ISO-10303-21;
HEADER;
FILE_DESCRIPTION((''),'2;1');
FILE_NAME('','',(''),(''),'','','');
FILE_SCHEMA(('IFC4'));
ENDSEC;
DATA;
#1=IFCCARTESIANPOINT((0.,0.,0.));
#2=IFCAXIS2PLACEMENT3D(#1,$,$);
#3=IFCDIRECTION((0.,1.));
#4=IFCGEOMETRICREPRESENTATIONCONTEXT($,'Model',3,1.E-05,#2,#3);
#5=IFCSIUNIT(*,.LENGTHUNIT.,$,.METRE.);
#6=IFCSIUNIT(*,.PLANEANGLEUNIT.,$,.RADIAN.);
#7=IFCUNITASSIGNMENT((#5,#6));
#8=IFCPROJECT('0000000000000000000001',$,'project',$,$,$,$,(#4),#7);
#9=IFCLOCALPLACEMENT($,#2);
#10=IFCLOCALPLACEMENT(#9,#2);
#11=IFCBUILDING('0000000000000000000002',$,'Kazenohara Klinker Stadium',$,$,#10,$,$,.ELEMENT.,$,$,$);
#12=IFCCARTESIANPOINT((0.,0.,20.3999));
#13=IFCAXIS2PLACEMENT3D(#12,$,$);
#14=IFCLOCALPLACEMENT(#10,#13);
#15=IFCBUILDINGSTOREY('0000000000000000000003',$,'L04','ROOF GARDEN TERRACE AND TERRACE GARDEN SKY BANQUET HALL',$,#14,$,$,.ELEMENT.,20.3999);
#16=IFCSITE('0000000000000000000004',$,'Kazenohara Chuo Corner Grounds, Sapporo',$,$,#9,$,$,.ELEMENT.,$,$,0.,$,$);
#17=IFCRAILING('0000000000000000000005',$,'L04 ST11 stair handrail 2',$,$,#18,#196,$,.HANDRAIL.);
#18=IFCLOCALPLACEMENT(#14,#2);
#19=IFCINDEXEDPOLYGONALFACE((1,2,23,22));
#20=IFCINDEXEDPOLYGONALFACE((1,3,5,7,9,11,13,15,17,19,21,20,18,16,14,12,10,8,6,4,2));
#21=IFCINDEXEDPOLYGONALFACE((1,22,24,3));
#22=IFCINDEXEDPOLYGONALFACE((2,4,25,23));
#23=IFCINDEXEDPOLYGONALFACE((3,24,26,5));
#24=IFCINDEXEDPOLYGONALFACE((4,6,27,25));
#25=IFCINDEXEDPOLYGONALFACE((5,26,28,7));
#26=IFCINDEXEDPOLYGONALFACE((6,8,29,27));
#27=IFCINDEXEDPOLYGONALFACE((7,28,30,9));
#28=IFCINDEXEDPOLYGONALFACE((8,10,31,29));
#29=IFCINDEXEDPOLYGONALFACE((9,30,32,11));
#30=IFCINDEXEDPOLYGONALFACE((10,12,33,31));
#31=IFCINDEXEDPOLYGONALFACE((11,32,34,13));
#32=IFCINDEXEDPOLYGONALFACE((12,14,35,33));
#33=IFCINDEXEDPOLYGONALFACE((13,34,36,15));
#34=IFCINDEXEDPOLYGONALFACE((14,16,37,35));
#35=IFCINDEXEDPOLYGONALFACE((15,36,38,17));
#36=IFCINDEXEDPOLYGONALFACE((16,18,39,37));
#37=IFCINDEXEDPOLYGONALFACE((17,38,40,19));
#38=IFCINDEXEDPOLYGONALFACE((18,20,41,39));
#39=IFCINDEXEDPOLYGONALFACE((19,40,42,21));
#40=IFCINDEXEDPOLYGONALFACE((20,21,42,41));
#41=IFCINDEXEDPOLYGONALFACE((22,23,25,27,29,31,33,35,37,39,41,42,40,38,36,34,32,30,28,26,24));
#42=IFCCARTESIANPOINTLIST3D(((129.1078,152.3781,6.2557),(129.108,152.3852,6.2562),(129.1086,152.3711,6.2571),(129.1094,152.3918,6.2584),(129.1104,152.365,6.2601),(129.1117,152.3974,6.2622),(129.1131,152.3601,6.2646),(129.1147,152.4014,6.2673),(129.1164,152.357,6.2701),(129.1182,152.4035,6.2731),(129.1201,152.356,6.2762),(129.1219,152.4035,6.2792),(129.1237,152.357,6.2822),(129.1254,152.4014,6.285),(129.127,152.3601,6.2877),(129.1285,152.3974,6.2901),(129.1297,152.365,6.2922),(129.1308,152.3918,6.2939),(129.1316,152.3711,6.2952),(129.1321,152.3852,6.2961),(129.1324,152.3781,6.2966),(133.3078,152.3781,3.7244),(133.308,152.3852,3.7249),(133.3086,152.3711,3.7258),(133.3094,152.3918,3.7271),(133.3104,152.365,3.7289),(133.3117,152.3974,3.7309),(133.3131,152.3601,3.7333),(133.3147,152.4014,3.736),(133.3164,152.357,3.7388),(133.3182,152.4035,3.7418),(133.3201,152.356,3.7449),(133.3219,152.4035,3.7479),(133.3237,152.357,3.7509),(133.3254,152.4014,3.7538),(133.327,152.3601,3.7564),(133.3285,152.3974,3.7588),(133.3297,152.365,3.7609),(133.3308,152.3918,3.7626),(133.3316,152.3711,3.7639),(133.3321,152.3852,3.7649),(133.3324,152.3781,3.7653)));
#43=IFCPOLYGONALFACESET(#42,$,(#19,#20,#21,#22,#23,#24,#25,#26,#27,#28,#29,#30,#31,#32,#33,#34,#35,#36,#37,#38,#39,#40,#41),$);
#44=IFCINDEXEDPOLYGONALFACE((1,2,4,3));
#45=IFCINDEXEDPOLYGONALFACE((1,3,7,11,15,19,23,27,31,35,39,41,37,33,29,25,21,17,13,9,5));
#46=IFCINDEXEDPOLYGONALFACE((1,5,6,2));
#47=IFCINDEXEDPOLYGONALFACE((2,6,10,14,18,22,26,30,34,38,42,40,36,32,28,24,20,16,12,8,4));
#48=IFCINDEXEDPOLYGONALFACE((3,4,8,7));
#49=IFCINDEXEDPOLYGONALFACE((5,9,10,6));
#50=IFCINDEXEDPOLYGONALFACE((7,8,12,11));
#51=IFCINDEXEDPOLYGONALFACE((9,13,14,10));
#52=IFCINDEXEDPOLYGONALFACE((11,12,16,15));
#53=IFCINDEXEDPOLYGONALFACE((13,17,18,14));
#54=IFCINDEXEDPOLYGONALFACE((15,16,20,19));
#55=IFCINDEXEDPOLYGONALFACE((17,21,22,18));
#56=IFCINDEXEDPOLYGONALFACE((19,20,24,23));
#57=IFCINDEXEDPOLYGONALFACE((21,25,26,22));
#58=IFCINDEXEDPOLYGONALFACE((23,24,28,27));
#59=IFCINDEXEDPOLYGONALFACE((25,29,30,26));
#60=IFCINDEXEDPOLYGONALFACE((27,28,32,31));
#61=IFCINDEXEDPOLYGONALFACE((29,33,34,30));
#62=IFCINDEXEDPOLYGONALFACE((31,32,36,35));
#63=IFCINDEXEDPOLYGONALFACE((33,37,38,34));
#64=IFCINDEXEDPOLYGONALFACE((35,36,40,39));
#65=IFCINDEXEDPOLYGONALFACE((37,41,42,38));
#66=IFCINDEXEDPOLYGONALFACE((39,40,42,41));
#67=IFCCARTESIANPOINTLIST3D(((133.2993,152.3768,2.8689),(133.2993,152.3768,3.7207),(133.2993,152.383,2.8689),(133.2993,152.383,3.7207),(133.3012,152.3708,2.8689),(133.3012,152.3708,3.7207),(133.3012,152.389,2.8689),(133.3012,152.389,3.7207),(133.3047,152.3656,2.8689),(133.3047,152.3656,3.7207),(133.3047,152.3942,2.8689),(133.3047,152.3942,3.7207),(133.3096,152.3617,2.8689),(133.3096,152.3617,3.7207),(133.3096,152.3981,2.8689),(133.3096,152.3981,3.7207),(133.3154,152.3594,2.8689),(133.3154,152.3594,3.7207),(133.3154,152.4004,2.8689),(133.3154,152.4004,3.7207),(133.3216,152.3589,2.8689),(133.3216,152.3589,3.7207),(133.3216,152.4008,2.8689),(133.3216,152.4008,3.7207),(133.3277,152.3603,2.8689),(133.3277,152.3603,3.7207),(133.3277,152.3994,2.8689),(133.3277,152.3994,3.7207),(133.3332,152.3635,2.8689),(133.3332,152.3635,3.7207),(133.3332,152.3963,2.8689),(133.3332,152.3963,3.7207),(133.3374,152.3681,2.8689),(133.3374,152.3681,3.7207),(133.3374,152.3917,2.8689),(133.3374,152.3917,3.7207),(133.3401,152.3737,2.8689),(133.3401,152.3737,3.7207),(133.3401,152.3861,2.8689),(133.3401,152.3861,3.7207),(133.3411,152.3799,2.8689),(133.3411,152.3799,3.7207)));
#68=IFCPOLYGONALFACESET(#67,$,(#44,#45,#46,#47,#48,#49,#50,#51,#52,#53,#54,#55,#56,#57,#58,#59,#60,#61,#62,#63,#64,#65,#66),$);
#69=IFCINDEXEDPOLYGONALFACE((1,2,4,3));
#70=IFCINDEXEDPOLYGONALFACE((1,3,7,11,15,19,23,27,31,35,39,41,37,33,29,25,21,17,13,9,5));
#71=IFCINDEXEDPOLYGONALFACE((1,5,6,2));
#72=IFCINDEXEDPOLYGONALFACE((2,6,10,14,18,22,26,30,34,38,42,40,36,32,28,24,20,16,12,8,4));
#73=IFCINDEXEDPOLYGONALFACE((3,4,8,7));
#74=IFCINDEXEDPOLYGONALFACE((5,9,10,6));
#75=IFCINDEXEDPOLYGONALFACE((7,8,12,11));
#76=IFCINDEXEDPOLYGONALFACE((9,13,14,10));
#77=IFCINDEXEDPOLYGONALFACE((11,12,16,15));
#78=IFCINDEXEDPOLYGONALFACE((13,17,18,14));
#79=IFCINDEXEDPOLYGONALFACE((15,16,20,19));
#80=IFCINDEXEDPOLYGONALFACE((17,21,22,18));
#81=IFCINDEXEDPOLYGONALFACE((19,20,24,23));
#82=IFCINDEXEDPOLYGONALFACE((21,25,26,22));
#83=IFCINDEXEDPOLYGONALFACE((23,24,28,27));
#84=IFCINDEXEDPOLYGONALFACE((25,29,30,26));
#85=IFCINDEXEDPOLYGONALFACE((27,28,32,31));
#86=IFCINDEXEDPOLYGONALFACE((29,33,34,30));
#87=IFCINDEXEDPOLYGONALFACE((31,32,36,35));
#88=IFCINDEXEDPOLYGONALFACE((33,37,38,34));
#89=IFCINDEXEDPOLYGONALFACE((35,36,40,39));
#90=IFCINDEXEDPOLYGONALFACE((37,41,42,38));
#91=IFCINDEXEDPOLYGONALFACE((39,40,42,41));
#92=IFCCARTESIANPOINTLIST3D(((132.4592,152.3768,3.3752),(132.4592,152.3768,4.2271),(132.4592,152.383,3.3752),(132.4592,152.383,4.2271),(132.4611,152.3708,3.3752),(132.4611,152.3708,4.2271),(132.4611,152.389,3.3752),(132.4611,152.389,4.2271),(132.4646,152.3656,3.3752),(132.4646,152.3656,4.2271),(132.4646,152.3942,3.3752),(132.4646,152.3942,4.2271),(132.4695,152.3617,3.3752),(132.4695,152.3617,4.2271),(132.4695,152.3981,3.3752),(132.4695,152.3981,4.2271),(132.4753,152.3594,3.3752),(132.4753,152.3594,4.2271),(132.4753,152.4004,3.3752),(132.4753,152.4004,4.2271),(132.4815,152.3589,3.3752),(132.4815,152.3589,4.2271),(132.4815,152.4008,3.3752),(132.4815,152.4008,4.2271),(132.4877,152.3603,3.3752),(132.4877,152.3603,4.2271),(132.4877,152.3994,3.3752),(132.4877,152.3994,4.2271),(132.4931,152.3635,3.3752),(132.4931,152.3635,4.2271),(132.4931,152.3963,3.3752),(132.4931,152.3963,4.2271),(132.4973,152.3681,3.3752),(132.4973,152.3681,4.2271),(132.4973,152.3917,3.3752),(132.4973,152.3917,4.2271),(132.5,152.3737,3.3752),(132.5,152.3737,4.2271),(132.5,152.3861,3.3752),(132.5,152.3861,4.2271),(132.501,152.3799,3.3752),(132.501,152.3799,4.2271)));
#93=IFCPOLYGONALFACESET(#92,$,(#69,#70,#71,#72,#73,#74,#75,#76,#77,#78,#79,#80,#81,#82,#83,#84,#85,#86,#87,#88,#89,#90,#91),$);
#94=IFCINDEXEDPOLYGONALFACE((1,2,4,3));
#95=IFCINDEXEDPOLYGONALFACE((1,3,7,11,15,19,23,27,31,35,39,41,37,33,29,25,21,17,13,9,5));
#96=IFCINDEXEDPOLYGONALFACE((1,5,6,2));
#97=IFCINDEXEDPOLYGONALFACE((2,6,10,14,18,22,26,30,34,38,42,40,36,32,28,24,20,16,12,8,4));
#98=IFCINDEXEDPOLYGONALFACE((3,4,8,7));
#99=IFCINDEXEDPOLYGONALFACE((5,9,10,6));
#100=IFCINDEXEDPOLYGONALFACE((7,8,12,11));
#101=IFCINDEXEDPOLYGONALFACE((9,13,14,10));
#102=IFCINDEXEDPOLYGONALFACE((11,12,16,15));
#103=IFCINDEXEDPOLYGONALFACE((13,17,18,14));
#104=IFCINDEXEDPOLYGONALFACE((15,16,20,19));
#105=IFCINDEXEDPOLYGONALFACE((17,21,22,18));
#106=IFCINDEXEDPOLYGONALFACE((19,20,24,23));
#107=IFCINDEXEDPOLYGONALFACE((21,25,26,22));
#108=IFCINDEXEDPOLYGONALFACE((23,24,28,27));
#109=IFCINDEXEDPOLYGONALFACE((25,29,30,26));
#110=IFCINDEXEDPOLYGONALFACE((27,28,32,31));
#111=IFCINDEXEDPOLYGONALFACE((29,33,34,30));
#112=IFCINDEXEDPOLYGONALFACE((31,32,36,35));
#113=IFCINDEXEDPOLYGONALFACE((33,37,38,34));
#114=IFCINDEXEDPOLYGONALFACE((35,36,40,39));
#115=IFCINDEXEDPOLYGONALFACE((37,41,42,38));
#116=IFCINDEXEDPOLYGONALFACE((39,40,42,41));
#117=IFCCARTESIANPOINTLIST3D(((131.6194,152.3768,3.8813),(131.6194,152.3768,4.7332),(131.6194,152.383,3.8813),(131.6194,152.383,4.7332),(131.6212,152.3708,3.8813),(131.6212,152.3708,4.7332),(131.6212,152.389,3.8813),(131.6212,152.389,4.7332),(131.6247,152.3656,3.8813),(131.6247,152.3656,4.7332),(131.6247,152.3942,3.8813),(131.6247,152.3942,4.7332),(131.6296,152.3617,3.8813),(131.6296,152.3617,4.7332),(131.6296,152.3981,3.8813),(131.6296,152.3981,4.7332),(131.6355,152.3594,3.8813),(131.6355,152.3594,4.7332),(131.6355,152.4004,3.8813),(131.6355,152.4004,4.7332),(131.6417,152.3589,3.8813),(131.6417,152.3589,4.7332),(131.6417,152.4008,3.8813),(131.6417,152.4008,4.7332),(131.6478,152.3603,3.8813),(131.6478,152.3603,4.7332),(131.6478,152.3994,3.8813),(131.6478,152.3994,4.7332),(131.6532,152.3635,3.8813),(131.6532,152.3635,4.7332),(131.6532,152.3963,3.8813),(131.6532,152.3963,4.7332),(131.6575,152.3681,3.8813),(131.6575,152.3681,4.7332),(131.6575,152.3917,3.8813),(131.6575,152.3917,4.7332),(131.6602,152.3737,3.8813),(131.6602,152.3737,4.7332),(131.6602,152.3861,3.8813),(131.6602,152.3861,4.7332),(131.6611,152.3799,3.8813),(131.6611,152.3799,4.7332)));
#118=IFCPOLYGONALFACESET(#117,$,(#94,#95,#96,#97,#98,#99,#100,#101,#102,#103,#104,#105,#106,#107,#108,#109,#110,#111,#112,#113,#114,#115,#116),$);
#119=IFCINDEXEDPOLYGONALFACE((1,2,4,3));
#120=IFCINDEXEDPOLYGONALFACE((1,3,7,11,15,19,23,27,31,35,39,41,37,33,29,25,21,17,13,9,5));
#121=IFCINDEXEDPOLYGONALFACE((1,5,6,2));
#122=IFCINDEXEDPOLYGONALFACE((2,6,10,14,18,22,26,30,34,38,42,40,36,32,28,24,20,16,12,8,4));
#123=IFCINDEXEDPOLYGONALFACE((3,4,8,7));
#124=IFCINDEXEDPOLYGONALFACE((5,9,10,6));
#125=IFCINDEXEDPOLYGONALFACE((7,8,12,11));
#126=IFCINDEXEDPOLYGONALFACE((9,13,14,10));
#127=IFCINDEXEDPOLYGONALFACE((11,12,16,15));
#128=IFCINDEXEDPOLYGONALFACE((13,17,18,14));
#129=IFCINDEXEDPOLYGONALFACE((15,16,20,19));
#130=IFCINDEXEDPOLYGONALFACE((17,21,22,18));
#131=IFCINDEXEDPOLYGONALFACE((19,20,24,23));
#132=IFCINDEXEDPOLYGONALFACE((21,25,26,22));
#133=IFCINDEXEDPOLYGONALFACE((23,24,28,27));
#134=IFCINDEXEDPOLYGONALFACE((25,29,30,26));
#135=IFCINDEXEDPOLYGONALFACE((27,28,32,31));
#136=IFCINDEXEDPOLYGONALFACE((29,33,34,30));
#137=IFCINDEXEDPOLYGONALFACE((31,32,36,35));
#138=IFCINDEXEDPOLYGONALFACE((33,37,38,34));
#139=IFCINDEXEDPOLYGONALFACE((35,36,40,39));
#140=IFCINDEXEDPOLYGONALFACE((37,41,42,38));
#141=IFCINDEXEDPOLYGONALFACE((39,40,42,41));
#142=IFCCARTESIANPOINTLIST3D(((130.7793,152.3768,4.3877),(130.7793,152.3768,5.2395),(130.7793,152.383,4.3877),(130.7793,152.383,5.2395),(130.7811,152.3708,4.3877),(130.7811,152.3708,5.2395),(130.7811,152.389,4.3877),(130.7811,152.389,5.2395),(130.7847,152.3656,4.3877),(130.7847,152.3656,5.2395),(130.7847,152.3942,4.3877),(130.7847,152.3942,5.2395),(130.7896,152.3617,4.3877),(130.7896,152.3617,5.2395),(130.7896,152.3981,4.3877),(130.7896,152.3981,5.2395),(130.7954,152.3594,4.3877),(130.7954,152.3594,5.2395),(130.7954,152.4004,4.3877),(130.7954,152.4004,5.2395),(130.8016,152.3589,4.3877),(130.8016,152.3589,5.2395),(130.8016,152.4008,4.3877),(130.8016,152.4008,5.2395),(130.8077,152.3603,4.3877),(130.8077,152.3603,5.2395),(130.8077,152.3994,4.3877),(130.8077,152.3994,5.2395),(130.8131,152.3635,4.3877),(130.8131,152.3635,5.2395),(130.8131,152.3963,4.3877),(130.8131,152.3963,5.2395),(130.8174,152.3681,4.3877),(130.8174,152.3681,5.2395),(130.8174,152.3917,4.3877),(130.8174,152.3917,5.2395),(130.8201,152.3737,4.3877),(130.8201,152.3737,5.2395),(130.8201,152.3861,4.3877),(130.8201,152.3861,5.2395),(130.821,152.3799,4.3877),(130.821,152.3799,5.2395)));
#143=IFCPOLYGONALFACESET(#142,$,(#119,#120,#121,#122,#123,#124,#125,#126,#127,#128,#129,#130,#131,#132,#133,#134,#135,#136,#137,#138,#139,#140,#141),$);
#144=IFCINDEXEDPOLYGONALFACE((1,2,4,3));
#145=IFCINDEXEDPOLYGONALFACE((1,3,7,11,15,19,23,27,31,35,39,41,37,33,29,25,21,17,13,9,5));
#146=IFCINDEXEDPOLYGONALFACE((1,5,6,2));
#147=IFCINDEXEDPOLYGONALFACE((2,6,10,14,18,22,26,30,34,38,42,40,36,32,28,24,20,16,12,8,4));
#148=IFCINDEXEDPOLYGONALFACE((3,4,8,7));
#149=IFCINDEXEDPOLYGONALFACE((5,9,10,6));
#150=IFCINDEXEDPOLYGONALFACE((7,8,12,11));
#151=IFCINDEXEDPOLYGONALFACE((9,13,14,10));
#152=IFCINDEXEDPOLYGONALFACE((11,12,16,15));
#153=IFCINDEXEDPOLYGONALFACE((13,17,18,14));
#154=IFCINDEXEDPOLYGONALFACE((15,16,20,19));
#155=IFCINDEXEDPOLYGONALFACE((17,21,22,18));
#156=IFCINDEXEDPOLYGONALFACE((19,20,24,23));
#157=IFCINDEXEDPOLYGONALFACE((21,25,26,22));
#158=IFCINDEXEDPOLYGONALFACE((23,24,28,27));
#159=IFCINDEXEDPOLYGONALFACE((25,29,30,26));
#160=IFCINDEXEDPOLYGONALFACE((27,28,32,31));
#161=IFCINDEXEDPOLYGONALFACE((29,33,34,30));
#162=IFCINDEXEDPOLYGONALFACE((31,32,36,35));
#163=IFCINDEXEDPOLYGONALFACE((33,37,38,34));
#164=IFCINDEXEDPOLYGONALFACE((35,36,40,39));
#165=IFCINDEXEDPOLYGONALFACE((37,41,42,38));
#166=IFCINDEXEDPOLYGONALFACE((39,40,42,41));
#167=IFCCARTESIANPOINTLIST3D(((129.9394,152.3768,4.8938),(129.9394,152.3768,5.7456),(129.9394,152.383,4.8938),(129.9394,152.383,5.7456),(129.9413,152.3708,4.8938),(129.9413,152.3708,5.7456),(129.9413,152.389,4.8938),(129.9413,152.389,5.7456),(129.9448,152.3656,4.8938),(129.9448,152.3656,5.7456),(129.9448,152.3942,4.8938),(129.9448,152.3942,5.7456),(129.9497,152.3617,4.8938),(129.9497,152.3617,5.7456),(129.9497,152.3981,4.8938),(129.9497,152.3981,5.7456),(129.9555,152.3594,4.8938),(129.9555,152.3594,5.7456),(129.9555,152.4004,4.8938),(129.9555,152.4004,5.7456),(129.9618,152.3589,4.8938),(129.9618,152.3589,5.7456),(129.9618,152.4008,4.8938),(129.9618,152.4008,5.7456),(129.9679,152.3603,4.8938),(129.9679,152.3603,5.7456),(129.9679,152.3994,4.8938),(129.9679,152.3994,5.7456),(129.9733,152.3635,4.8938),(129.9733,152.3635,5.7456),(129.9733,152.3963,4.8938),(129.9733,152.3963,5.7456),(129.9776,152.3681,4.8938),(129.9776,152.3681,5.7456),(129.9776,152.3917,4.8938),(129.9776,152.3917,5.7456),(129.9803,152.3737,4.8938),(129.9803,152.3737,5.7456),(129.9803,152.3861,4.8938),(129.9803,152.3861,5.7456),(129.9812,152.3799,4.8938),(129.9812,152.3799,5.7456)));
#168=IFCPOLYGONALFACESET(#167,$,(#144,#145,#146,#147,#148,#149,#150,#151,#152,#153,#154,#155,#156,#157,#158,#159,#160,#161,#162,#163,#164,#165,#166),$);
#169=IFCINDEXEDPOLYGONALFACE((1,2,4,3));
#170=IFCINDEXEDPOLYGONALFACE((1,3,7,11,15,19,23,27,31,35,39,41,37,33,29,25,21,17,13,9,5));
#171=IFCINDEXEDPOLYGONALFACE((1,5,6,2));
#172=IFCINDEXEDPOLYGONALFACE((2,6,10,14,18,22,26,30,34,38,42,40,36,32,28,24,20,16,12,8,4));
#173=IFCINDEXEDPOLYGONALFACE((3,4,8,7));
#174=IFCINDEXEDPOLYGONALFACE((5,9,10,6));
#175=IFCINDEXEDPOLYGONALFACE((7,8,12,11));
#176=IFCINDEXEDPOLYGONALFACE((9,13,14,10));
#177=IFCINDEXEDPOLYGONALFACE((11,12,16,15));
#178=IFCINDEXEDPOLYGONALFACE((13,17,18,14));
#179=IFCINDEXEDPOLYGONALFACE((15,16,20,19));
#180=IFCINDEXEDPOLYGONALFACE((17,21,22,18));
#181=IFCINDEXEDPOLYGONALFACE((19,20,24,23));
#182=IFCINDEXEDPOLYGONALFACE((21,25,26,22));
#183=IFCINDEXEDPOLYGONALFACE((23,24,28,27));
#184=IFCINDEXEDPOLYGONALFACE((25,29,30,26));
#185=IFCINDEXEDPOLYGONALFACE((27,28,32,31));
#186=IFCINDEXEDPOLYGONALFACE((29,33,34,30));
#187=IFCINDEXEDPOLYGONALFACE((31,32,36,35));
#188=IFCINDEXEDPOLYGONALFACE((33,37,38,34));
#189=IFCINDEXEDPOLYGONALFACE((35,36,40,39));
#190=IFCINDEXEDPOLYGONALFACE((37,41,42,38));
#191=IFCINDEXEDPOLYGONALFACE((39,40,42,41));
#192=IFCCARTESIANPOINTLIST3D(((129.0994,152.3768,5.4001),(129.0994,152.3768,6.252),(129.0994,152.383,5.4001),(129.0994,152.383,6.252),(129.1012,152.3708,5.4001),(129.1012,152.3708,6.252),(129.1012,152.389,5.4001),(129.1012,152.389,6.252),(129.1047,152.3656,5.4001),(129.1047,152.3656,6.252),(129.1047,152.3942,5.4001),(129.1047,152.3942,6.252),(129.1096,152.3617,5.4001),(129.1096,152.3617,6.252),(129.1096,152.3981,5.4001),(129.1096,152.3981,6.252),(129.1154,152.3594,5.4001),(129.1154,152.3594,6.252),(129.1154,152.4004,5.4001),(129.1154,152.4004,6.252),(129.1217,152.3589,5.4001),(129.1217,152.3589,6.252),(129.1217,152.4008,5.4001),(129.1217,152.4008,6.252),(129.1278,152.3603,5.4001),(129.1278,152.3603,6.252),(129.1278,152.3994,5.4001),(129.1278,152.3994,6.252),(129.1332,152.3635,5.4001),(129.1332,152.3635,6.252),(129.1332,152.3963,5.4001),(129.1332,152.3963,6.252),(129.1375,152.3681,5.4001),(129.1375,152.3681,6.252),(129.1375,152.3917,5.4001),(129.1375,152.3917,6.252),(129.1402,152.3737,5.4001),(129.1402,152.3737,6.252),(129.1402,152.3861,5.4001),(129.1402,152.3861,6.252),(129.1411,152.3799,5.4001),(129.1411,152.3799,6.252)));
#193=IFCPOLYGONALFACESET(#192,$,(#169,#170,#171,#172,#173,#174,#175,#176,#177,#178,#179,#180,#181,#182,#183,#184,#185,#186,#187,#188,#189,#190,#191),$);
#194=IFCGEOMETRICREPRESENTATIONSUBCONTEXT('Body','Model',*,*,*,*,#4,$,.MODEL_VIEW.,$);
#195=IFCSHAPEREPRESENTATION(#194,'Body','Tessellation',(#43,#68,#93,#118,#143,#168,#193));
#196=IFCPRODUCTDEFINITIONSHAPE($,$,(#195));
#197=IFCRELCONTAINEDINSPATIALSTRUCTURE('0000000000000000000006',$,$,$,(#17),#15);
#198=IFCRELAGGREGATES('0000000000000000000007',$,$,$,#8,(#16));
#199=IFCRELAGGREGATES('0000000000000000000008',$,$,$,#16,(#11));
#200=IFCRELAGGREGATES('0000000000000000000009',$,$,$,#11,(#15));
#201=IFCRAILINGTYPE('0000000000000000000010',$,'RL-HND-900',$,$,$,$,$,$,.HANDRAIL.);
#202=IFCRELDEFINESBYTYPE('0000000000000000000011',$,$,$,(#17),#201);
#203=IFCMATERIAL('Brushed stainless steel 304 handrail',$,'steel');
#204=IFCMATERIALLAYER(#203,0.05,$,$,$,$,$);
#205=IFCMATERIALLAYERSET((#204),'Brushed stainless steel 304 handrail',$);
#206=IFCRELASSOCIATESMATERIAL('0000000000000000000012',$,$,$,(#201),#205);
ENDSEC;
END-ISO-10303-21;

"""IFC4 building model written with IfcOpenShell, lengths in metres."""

from ifc_helpers import new_model, si_unit, direction, frame, origin, origin_2d, place, context, subcontext, project, spatial, circle, extrude, material, layer, layer_set, type_object, element, save


model = new_model("IFC4")

# Units and contexts
model_context = context("Model", 3, precision=1e-05, world=origin(), true_north=direction((0.0, 1.0)))
body_context = subcontext(model_context, "Body", "Model", "MODEL_VIEW")
ifc_project = project(units=[si_unit("LENGTHUNIT", "METRE"), si_unit("PLANEANGLEUNIT", "RADIAN")], contexts=[model_context])

# Site, building, storey
site_placement = place(None, origin())
site = spatial("IfcSite", under=ifc_project, at=site_placement, Name="Kazenohara Chuo Corner Grounds, Sapporo", CompositionType="ELEMENT", RefElevation=0.0)
building_placement = place(site_placement, origin())
building = spatial("IfcBuilding", under=site, at=building_placement, Name="Kazenohara Klinker Stadium", CompositionType="ELEMENT")
storey_placement = place(building_placement, frame((0.0, 0.0, 20.3999)))
storey = spatial("IfcBuildingStorey", under=building, at=storey_placement, Name="L04", Description="ROOF GARDEN TERRACE AND TERRACE GARDEN SKY BANQUET HALL", CompositionType="ELEMENT", Elevation=20.3999)

# Railing
ifc_material_1 = material(Name="Brushed stainless steel 304 handrail", Category="steel")
ifc_layer_1 = layer(ifc_material_1, 0.05)
ifc_layer_set_1 = layer_set([ifc_layer_1], Name="Brushed stainless steel 304 handrail")
railing_type_1 = type_object("IfcRailingType", Name="RL-HND-900", PredefinedType="HANDRAIL", material=ifc_layer_set_1)
railing_1_placement = place(storey_placement, frame((133.3201, 152.3799, 2.8689)))
element("IfcRailing", 1, at=railing_1_placement, inside=storey, type_object=railing_type_1, Name="L04 ST11 stair handrail 2", PredefinedType="HANDRAIL", context=body_context, shape_type="SweptSolid", body=[
    extrude(circle(Radius=0.0239, at=origin_2d()), frame((0.0, 0.0, 0.876), z_axis=(-0.856476, 0.0, 0.516186), x_axis=(0.0, -1.0, 0.0)), (0.0, 0.0, 1.0), 4.9038),
    extrude(circle(Radius=0.021, at=origin_2d()), origin(), (0.0, 0.0, 1.0), 0.8518),
    extrude(circle(Radius=0.021, at=origin_2d()), frame((-0.8401, 0.0, 0.5063)), (0.0, 0.0, 1.0), 0.8518),
    extrude(circle(Radius=0.021, at=origin_2d()), frame((-1.6799, 0.0, 1.0125)), (0.0, 0.0, 1.0), 0.8518),
    extrude(circle(Radius=0.021, at=origin_2d()), frame((-2.52, 0.0, 1.5188)), (0.0, 0.0, 1.0), 0.8518),
    extrude(circle(Radius=0.021, at=origin_2d()), frame((-3.3599, 0.0, 2.0249)), (0.0, 0.0, 1.0), 0.8518),
    extrude(circle(Radius=0.021, at=origin_2d()), frame((-4.2, 0.0, 2.5312)), (0.0, 0.0, 1.0), 0.8518),
])

save(model, "model.ifc")
